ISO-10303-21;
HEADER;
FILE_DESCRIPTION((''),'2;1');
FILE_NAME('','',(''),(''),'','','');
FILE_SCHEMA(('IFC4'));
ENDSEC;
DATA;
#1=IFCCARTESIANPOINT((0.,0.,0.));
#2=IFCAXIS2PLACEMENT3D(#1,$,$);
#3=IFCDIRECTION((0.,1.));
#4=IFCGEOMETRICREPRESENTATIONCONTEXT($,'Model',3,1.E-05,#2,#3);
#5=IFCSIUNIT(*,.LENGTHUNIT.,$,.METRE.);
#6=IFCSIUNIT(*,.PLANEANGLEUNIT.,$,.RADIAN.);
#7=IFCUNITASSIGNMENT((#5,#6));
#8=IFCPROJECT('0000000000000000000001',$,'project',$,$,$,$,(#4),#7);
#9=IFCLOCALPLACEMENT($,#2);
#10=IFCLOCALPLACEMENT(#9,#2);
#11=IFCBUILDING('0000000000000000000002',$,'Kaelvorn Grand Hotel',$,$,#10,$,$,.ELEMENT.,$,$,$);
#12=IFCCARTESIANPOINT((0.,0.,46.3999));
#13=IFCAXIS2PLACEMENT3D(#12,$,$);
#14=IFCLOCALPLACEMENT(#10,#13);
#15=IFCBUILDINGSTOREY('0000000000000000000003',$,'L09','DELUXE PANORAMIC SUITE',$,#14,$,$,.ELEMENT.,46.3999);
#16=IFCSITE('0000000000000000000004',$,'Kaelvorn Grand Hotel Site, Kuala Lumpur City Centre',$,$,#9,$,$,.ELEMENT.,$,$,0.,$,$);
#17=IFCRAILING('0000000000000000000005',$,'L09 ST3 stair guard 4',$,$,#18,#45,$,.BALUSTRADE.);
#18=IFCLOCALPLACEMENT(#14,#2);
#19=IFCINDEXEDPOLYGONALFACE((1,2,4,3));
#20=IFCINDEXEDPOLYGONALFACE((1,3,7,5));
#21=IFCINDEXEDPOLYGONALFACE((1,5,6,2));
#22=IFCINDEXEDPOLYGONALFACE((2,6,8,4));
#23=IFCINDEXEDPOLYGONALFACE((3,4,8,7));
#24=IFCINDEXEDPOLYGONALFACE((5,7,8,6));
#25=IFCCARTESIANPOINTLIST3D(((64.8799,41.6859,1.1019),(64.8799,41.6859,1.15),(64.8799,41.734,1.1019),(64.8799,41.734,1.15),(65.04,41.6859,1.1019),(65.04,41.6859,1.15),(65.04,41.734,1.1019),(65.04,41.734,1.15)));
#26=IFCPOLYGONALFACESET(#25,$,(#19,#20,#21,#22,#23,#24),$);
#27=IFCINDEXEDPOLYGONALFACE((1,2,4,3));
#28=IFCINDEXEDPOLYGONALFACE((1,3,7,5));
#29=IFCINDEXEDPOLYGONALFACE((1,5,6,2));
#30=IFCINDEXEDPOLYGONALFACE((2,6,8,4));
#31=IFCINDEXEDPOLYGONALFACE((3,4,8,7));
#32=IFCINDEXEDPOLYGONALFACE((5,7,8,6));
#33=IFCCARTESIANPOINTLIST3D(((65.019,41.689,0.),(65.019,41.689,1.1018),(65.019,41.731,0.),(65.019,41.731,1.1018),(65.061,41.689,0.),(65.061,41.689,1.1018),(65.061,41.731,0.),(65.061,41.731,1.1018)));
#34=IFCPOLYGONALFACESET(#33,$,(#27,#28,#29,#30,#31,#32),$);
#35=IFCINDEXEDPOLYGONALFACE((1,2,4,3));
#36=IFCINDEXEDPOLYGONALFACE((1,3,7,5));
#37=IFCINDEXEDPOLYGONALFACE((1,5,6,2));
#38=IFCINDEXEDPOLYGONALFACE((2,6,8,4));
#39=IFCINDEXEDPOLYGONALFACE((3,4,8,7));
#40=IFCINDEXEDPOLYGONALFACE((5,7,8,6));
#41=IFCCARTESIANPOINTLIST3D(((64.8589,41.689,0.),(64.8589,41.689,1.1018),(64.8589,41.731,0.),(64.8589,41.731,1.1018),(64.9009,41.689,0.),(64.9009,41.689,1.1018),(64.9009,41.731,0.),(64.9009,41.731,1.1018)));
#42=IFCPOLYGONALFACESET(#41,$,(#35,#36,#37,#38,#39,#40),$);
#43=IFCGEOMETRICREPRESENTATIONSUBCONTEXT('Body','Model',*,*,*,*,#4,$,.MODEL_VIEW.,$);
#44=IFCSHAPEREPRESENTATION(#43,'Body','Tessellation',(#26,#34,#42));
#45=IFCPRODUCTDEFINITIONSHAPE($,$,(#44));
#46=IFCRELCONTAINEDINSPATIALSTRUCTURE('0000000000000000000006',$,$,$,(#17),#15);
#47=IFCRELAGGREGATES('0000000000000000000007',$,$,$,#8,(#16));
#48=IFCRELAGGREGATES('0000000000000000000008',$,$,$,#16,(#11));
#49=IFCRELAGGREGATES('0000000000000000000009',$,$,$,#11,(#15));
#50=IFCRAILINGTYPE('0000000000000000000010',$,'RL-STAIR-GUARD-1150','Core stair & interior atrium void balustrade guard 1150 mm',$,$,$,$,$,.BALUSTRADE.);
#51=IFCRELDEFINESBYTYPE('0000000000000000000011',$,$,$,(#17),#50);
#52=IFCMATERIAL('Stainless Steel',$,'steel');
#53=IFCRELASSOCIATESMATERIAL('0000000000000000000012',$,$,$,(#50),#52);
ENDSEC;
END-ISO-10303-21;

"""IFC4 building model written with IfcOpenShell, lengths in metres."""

from ifc_helpers import new_model, si_unit, direction, frame, origin, origin_2d, place, context, subcontext, project, spatial, rectangle, extrude, material, type_object, element, save


model = new_model("IFC4")

# Units and contexts
model_context = context("Model", 3, precision=1e-05, world=origin(), true_north=direction((0.0, 1.0)))
body_context = subcontext(model_context, "Body", "Model", "MODEL_VIEW")
ifc_project = project(units=[si_unit("LENGTHUNIT", "METRE"), si_unit("PLANEANGLEUNIT", "RADIAN")], contexts=[model_context])

# Site, building, storey
site_placement = place(None, origin())
site = spatial("IfcSite", under=ifc_project, at=site_placement, Name="Kaelvorn Grand Hotel Site, Kuala Lumpur City Centre", CompositionType="ELEMENT", RefElevation=0.0)
building_placement = place(site_placement, origin())
building = spatial("IfcBuilding", under=site, at=building_placement, Name="Kaelvorn Grand Hotel", CompositionType="ELEMENT")
storey_placement = place(building_placement, frame((0.0, 0.0, 46.3999)))
storey = spatial("IfcBuildingStorey", under=building, at=storey_placement, Name="L09", Description="DELUXE PANORAMIC SUITE", CompositionType="ELEMENT", Elevation=46.3999)

# Shared definitions
ifc_material_1 = material(Name="Stainless Steel", Category="steel")

# Railing
railing_type_1 = type_object("IfcRailingType", Name="RL-STAIR-GUARD-1150", Description="Core stair & interior atrium void balustrade guard 1150 mm", PredefinedType="BALUSTRADE", material=ifc_material_1)
railing_1_placement = place(storey_placement, frame((65.04, 41.71, 0.0)))
element("IfcRailing", 1, at=railing_1_placement, inside=storey, type_object=railing_type_1, Name="L09 ST3 stair guard 4", PredefinedType="BALUSTRADE", context=body_context, shape_type="SweptSolid", body=[
    extrude(rectangle(XDim=0.0481, YDim=0.0481, at=origin_2d()), frame((0.0, 0.0, 1.126), z_axis=(-1.0, 0.0, 0.0), x_axis=(0.0, -1.0, 0.0)), (0.0, 0.0, 1.0), 0.1602),
    extrude(rectangle(XDim=0.042, YDim=0.042, at=origin_2d()), origin(), (0.0, 0.0, 1.0), 1.1018),
    extrude(rectangle(XDim=0.042, YDim=0.042, at=origin_2d()), frame((-0.1602, 0.0, 0.0)), (0.0, 0.0, 1.0), 1.1018),
])

save(model, "model.ifc")
